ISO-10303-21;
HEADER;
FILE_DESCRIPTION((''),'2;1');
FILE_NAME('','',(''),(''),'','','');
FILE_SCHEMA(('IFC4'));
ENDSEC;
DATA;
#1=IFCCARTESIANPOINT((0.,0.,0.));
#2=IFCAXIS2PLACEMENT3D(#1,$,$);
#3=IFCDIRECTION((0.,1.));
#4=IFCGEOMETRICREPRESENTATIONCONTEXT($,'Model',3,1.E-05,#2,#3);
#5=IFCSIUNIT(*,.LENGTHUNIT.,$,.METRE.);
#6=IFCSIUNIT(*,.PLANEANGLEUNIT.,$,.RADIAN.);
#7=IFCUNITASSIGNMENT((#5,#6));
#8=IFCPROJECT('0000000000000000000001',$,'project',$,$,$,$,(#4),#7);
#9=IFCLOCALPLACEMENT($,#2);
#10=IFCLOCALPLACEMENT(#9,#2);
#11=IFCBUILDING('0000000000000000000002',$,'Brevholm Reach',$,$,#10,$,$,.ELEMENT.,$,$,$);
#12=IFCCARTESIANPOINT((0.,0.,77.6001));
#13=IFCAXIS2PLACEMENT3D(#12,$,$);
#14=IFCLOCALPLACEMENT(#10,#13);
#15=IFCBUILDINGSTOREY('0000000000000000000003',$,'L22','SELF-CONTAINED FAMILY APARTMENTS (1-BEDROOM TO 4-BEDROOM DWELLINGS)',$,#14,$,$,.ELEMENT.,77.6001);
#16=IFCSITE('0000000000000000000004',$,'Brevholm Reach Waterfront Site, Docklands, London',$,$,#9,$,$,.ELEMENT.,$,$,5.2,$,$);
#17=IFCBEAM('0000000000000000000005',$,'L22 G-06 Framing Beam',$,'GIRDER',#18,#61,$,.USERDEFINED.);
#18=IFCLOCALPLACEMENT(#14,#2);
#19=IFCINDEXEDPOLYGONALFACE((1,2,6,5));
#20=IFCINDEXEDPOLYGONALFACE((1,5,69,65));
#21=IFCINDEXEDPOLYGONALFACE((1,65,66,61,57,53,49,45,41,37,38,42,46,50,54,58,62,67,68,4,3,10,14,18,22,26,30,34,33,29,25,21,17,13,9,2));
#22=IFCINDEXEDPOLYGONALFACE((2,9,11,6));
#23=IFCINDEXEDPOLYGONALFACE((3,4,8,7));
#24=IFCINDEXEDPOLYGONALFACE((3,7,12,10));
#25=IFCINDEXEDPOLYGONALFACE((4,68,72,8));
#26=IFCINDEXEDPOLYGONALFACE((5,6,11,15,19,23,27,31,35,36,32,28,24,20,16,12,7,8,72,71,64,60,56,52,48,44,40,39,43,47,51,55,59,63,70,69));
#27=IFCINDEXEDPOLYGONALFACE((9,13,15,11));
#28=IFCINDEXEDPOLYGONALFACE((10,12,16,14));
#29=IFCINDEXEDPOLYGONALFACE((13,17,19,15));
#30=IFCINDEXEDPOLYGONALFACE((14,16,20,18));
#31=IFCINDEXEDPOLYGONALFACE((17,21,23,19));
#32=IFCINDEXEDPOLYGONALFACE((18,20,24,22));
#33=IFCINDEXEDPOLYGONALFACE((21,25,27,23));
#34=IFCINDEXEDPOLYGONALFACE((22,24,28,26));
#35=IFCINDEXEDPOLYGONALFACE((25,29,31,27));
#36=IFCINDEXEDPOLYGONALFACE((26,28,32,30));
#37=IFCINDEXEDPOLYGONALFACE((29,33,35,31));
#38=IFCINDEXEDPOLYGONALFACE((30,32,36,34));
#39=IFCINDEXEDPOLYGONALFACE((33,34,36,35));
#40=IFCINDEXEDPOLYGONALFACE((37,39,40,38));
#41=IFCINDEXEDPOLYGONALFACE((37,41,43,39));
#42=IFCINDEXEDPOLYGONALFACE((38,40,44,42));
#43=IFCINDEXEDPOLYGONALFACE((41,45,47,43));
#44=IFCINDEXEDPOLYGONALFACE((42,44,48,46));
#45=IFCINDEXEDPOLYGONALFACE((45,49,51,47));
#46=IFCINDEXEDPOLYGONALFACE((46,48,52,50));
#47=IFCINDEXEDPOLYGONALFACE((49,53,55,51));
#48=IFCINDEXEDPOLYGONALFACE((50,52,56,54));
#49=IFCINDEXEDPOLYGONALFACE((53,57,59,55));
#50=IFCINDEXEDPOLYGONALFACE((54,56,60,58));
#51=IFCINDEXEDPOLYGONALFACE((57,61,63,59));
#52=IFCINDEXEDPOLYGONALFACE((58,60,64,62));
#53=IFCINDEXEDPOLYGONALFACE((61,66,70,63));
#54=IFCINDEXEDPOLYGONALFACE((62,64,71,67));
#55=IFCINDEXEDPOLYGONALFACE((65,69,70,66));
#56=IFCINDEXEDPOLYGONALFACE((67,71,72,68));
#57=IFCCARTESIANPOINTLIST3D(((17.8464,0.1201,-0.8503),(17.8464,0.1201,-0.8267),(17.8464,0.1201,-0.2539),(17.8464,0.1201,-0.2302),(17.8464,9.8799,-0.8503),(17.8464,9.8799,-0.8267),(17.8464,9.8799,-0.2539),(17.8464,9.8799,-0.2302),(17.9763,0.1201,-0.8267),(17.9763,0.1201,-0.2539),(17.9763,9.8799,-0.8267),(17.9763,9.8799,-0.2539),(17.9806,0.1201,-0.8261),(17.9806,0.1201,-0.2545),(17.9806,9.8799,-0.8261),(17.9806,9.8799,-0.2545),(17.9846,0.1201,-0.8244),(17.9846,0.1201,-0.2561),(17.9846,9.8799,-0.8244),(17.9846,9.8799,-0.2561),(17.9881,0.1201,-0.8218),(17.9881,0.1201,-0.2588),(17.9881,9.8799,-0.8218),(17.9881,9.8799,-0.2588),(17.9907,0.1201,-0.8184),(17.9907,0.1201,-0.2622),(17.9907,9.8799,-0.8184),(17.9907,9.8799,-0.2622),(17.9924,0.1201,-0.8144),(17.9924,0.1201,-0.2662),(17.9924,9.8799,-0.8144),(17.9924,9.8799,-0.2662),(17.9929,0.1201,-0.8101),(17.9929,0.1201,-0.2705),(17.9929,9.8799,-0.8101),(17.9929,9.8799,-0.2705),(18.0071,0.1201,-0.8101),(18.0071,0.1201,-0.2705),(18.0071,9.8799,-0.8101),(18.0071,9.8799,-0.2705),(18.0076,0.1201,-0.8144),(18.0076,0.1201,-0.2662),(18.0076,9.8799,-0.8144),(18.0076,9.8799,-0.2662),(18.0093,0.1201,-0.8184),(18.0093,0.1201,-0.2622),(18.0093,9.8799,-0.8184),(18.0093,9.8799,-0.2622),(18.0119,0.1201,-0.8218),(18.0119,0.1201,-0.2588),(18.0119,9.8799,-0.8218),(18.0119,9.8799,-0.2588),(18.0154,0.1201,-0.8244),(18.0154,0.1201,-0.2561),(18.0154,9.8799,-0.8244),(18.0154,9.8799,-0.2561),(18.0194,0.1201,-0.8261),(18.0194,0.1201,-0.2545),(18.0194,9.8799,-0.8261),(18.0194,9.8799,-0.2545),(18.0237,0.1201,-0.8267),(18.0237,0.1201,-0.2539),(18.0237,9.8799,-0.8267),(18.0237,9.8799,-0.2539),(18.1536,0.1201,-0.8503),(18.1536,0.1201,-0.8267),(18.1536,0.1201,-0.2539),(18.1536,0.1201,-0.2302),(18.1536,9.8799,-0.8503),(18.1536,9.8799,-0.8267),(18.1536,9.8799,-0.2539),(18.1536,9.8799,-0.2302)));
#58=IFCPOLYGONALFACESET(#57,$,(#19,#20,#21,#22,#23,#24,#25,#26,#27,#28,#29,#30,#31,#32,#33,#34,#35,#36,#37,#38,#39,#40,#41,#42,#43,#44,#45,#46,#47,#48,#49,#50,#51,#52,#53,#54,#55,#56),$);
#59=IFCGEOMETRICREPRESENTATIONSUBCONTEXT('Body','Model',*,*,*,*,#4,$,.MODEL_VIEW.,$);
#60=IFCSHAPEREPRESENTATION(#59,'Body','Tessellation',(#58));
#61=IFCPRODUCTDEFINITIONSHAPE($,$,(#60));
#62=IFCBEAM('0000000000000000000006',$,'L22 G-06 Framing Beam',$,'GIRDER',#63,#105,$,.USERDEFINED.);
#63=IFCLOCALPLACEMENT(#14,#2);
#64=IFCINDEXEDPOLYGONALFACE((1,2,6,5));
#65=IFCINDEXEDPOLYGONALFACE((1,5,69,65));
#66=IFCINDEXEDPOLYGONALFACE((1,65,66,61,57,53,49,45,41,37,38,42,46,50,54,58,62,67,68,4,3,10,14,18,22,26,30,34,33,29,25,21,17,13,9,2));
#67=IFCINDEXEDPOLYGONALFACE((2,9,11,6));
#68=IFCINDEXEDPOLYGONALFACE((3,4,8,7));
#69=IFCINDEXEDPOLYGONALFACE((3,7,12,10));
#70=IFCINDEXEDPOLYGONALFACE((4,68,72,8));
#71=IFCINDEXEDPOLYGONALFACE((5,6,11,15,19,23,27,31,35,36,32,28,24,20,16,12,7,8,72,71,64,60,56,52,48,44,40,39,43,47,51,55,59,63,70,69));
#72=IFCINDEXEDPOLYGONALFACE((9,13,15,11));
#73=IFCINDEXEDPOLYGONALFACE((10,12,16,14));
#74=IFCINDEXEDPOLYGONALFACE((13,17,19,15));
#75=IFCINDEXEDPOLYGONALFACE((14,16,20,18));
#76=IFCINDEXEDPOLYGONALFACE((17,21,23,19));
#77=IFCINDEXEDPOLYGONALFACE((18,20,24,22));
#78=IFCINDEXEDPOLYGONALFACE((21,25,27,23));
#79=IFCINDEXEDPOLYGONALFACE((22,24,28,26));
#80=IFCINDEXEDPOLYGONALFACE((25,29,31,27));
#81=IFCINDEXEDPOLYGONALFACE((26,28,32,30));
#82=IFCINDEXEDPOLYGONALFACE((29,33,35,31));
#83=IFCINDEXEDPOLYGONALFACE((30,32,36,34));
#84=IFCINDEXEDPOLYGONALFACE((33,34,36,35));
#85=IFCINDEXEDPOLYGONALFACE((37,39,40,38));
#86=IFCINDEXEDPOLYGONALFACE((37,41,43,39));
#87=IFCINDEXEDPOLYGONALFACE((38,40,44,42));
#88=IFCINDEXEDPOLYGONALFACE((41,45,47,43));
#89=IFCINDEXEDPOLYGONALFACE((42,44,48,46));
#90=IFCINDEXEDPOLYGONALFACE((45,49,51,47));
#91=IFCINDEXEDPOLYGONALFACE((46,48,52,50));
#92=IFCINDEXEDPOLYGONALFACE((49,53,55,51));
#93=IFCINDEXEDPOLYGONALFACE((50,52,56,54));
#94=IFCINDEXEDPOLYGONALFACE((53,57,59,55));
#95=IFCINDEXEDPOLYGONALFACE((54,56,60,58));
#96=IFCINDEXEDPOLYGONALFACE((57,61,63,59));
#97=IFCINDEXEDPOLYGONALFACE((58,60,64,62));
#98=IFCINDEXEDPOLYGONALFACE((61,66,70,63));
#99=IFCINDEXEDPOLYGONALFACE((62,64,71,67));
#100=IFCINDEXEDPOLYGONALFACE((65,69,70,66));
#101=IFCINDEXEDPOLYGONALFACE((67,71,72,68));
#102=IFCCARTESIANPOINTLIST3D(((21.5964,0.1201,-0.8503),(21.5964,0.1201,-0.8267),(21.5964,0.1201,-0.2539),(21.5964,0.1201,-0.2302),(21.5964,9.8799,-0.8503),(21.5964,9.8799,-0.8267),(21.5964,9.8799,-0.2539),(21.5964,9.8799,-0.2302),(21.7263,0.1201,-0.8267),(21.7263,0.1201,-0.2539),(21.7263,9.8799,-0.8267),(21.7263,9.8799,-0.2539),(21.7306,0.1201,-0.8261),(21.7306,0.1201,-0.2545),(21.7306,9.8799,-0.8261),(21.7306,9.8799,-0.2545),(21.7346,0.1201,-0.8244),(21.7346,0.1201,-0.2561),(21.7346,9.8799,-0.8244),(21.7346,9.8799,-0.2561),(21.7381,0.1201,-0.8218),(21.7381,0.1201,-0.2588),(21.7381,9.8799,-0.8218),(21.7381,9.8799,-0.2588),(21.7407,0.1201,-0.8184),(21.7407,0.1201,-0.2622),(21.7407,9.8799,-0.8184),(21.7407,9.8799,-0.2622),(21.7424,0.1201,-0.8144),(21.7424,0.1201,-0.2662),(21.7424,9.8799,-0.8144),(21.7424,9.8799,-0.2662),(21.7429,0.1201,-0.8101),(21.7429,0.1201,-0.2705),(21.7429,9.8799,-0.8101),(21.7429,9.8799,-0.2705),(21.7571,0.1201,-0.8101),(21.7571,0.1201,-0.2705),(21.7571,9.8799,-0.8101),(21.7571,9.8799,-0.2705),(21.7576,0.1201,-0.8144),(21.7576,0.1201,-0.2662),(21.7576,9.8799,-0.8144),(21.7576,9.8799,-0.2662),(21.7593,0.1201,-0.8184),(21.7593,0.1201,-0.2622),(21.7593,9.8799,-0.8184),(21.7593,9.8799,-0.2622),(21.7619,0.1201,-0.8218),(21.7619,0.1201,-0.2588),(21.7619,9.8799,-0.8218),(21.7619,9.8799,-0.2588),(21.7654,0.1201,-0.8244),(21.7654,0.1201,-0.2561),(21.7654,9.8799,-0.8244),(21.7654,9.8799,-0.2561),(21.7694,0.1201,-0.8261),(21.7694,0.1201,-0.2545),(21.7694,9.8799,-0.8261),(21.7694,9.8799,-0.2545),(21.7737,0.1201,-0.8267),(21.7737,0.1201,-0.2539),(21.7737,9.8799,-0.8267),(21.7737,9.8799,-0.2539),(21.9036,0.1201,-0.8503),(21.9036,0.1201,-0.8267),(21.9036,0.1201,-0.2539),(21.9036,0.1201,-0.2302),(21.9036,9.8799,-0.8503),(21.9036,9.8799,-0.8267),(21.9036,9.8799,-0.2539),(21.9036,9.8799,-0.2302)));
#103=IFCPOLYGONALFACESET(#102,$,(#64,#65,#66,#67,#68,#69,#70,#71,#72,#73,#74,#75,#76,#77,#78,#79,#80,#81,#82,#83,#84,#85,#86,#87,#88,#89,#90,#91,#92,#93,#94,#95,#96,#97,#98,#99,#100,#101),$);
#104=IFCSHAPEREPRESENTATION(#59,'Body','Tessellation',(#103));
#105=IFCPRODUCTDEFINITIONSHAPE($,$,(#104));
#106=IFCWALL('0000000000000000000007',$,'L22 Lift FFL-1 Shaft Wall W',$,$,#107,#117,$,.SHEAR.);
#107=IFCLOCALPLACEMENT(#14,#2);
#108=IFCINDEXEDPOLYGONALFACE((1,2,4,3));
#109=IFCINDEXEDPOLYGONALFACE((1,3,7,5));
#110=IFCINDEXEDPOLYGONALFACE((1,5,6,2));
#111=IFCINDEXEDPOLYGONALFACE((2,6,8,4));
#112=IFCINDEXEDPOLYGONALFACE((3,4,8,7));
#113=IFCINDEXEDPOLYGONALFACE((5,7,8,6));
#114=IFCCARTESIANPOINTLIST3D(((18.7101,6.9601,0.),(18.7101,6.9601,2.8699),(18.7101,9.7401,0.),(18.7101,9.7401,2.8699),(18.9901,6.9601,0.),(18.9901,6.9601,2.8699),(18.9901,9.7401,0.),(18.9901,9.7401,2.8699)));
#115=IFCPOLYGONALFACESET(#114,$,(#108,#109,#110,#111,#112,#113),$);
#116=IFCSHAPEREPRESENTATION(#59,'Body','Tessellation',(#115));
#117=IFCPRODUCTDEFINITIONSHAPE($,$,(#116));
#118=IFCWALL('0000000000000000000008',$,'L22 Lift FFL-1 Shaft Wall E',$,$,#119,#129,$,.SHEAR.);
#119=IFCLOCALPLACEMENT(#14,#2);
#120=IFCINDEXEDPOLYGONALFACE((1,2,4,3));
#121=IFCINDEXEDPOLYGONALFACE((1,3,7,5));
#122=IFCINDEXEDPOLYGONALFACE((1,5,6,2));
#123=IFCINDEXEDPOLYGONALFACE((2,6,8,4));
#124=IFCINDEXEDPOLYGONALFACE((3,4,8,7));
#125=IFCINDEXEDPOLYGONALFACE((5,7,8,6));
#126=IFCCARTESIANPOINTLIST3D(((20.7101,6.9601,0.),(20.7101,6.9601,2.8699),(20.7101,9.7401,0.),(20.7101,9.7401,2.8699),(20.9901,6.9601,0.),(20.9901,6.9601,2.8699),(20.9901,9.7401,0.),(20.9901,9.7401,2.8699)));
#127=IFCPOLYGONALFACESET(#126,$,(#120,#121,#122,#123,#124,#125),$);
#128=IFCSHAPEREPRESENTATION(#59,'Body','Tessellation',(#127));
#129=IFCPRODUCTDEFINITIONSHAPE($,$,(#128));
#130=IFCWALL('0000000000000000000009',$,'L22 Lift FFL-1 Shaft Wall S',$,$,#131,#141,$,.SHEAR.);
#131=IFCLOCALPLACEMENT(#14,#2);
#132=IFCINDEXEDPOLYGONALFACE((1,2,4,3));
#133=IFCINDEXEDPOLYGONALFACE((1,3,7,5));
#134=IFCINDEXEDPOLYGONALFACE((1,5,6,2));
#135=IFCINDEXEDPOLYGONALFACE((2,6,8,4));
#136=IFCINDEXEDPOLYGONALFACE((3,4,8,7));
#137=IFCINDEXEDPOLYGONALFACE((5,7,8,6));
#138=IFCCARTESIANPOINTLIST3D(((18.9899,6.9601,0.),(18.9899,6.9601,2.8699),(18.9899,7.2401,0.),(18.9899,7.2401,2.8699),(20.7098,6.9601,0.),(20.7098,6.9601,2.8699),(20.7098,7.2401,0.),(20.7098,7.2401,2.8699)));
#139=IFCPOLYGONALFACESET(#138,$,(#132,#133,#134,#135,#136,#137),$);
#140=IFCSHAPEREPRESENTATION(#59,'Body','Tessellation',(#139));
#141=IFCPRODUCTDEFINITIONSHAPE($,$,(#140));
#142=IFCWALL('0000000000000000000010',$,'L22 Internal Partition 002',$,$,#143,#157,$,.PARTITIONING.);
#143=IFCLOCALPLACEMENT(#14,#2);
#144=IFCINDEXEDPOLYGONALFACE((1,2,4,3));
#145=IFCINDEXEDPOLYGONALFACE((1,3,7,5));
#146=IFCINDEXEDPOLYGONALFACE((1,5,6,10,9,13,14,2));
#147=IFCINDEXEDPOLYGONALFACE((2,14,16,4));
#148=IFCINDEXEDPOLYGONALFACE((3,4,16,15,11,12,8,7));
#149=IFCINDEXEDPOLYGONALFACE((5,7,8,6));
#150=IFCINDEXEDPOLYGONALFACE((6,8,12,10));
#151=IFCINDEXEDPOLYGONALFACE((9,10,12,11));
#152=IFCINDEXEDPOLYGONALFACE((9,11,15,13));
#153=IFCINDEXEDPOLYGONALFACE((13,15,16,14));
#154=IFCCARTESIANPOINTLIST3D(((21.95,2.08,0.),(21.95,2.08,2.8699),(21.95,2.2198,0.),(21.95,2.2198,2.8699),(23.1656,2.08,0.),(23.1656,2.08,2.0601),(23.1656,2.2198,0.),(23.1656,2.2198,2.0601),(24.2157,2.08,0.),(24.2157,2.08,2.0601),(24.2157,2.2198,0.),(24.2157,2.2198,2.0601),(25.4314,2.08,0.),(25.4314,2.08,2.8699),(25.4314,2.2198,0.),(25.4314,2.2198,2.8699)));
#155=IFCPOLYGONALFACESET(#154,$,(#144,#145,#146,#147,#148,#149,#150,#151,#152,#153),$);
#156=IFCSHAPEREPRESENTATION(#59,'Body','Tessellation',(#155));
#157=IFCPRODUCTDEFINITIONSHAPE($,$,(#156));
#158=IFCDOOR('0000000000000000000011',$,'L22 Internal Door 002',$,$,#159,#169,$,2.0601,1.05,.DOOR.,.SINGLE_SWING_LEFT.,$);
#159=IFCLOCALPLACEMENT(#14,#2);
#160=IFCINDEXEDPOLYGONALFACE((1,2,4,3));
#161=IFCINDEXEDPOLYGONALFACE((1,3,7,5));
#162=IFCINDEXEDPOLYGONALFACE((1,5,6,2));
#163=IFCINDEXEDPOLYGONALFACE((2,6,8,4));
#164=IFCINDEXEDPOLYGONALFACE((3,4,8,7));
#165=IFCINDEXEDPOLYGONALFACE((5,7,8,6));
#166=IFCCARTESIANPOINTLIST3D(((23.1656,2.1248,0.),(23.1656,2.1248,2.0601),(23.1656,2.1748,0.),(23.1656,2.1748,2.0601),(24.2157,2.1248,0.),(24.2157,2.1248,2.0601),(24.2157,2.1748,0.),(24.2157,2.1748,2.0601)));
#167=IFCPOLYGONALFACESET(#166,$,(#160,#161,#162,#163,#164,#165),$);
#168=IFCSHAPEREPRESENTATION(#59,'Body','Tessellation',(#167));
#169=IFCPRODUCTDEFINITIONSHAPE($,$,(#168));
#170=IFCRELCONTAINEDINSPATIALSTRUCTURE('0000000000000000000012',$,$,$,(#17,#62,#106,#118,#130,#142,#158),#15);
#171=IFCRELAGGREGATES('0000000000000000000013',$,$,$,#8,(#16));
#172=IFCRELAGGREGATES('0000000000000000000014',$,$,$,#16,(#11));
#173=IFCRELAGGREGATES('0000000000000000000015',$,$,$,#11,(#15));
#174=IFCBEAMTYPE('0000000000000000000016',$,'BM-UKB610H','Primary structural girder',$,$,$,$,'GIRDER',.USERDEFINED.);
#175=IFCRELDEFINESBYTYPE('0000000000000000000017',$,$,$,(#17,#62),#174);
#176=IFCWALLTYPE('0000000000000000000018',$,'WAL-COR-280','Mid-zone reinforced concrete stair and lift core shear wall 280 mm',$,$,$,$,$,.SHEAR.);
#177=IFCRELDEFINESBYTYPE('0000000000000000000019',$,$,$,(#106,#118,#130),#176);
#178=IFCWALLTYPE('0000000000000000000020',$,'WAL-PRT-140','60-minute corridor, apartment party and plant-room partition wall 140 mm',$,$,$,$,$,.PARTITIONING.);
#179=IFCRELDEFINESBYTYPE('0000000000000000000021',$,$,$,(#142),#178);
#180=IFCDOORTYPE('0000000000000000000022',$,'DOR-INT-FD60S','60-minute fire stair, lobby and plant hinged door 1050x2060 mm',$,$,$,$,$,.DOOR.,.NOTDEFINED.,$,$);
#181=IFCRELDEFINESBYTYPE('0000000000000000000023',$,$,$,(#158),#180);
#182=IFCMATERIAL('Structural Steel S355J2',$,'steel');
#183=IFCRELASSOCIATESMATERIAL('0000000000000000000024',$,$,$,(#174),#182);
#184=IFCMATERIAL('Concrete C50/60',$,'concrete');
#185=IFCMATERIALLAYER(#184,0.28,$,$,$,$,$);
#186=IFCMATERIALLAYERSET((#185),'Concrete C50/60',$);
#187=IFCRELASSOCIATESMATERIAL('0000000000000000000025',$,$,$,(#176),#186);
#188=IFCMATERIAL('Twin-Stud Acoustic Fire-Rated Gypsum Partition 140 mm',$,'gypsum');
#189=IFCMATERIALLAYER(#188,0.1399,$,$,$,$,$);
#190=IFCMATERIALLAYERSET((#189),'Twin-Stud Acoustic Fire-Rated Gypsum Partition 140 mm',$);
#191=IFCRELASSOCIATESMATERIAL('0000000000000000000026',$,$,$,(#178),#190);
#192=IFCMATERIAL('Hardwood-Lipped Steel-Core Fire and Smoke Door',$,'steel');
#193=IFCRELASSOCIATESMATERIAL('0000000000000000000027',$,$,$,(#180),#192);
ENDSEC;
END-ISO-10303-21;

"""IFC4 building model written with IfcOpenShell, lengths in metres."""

from ifc_helpers import new_model, si_unit, direction, frame, frame_2d, origin, origin_2d, place, context, subcontext, project, spatial, rectangle, i_section, extrude, material, layer, layer_set, material_profile, profile_set, type_object, element, fill, save


model = new_model("IFC4")

# Units and contexts
model_context = context("Model", 3, precision=1e-05, world=origin(), true_north=direction((0.0, 1.0)))
body_context = subcontext(model_context, "Body", "Model", "MODEL_VIEW")
ifc_project = project(units=[si_unit("LENGTHUNIT", "METRE"), si_unit("PLANEANGLEUNIT", "RADIAN")], contexts=[model_context])

# Site, building, storey
site_placement = place(None, origin())
site = spatial("IfcSite", under=ifc_project, at=site_placement, Name="Brevholm Reach Waterfront Site, Docklands, London", CompositionType="ELEMENT", RefElevation=5.2)
building_placement = place(site_placement, origin())
building = spatial("IfcBuilding", under=site, at=building_placement, Name="Brevholm Reach", CompositionType="ELEMENT")
storey_placement = place(building_placement, frame((0.0, 0.0, 77.6001)))
storey = spatial("IfcBuildingStorey", under=building, at=storey_placement, Name="L22", Description="SELF-CONTAINED FAMILY APARTMENTS (1-BEDROOM TO 4-BEDROOM DWELLINGS)", CompositionType="ELEMENT", Elevation=77.6001)

# Beams
ifc_material_1 = material(Name="Structural Steel S355J2", Category="steel")
ifc_material_profile_1 = material_profile(ifc_material_1, i_section(OverallWidth=0.3071, OverallDepth=0.6201, WebThickness=0.0142, FlangeThickness=0.0237, FilletRadius=0.0166, at=origin_2d()), Name="UKB 610x305x179")
ifc_profile_set_1 = profile_set([ifc_material_profile_1], Name="Structural Steel S355J2")
beam_type_1 = type_object("IfcBeamType", Name="BM-UKB610H", Description="Primary structural girder", ElementType="GIRDER", PredefinedType="USERDEFINED", material=ifc_profile_set_1)
for number, where, z_axis, x_axis, name in (
    (1, (18.0, 0.1201, -0.5403), (0.0, 1.0, 0.0), (-1.0, 0.0, 0.0), "L22 G-06 Framing Beam"),
    (2, (21.75, 0.1201, -0.5403), (0.0, 1.0, 0.0), (-1.0, 0.0, 0.0), "L22 G-06 Framing Beam"),
):
    element("IfcBeam", number, at=place(storey_placement, frame(where, z_axis=z_axis, x_axis=x_axis)), inside=storey, type_object=beam_type_1, Name=name, ObjectType="GIRDER", PredefinedType="USERDEFINED", context=body_context, shape_type="SweptSolid", body=[
        extrude(i_section(OverallWidth=0.3071, OverallDepth=0.6201, WebThickness=0.0142, FlangeThickness=0.0237, FilletRadius=0.0166, at=origin_2d()), origin(), (0.0, 0.0, 1.0), 9.7598),
    ])

# Walls
ifc_material_2 = material(Name="Concrete C50/60", Category="concrete")
ifc_layer_1 = layer(ifc_material_2, 0.28)
ifc_layer_set_1 = layer_set([ifc_layer_1], Name="Concrete C50/60")
wall_type_1 = type_object("IfcWallType", Name="WAL-COR-280", Description="Mid-zone reinforced concrete stair and lift core shear wall 280 mm", PredefinedType="SHEAR", material=ifc_layer_set_1)
for number, where, z_axis, x_axis, name in (
    (3, (18.8501, 6.96, 0.0), (0.0, 0.0, 1.0), (0.0, 1.0, 0.0), "L22 Lift FFL-1 Shaft Wall W"),
    (4, (20.8501, 6.96, 0.0), (0.0, 0.0, 1.0), (0.0, 1.0, 0.0), "L22 Lift FFL-1 Shaft Wall E"),
):
    element("IfcWall", number, at=place(storey_placement, frame(where, z_axis=z_axis, x_axis=x_axis)), inside=storey, type_object=wall_type_1, Name=name, PredefinedType="SHEAR", context=body_context, shape_type="SweptSolid", body=[
        extrude(rectangle(XDim=2.78, YDim=0.28, at=frame_2d((1.3901, 0.0))), origin(), (0.0, 0.0, 1.0), 2.8699),
    ])
wall_1_placement = place(storey_placement, frame((18.99, 7.1001, 0.0), z_axis=(0.0, 0.0, 1.0), x_axis=(1.0, 0.0, 0.0)))
element("IfcWall", 5, at=wall_1_placement, inside=storey, type_object=wall_type_1, Name="L22 Lift FFL-1 Shaft Wall S", PredefinedType="SHEAR", context=body_context, shape_type="SweptSolid", body=[
    extrude(rectangle(XDim=1.72, YDim=0.28, at=frame_2d((0.8599, 0.0))), origin(), (0.0, 0.0, 1.0), 2.8699),
])

# Wall, opening, door
ifc_material_3 = material(Name="Twin-Stud Acoustic Fire-Rated Gypsum Partition 140 mm", Category="gypsum")
ifc_layer_2 = layer(ifc_material_3, 0.1399)
ifc_layer_set_2 = layer_set([ifc_layer_2], Name="Twin-Stud Acoustic Fire-Rated Gypsum Partition 140 mm")
wall_type_2 = type_object("IfcWallType", Name="WAL-PRT-140", Description="60-minute corridor, apartment party and plant-room partition wall 140 mm", PredefinedType="PARTITIONING", material=ifc_layer_set_2)
wall_2_placement = place(storey_placement, frame((21.95, 2.1499, 0.0), z_axis=(0.0, 0.0, 1.0), x_axis=(1.0, 0.0, 0.0)))
wall_2 = element("IfcWall", 6, at=wall_2_placement, inside=storey, type_object=wall_type_2, Name="L22 Internal Partition 002", PredefinedType="PARTITIONING", context=body_context, shape_type="SweptSolid", body=[
    extrude(rectangle(XDim=3.4814, YDim=0.1399, at=frame_2d((1.7407, 0.0))), origin(), (0.0, 0.0, 1.0), 2.8699),
])
opening_1_placement = place(wall_2_placement, frame((1.2158, 0.0, 0.0)))
opening_1 = element("IfcOpeningElement", 7, at=opening_1_placement, cuts=wall_2, PredefinedType="OPENING", context=body_context, shape_type="SweptSolid", body=[
    extrude(rectangle(XDim=1.05, YDim=2.0601, at=frame_2d((0.5249, 1.03))), frame((0.0, 0.0798, 0.0), z_axis=(0.0, -1.0, 0.0), x_axis=(1.0, 0.0, 0.0)), (0.0, 0.0, 1.0), 0.1599),
])
ifc_material_4 = material(Name="Hardwood-Lipped Steel-Core Fire and Smoke Door", Category="steel")
door_type_1 = type_object("IfcDoorType", Name="DOR-INT-FD60S", Description="60-minute fire stair, lobby and plant hinged door 1050x2060 mm", OperationType="NOTDEFINED", PredefinedType="DOOR", material=ifc_material_4)
door_1_placement = place(opening_1_placement, origin())
door_1 = element("IfcDoor", 8, at=door_1_placement, inside=storey, type_object=door_type_1, Name="L22 Internal Door 002", OperationType="SINGLE_SWING_LEFT", OverallHeight=2.0601, OverallWidth=1.05, PredefinedType="DOOR", context=body_context, shape_type="SweptSolid", body=[
    extrude(rectangle(XDim=1.05, YDim=2.0601, at=frame_2d((0.5249, 1.03))), frame((0.0, 0.0249, 0.0), z_axis=(0.0, -1.0, 0.0), x_axis=(1.0, 0.0, 0.0)), (0.0, 0.0, 1.0), 0.05),
])
fill(opening_1, door_1)

save(model, "model.ifc")
